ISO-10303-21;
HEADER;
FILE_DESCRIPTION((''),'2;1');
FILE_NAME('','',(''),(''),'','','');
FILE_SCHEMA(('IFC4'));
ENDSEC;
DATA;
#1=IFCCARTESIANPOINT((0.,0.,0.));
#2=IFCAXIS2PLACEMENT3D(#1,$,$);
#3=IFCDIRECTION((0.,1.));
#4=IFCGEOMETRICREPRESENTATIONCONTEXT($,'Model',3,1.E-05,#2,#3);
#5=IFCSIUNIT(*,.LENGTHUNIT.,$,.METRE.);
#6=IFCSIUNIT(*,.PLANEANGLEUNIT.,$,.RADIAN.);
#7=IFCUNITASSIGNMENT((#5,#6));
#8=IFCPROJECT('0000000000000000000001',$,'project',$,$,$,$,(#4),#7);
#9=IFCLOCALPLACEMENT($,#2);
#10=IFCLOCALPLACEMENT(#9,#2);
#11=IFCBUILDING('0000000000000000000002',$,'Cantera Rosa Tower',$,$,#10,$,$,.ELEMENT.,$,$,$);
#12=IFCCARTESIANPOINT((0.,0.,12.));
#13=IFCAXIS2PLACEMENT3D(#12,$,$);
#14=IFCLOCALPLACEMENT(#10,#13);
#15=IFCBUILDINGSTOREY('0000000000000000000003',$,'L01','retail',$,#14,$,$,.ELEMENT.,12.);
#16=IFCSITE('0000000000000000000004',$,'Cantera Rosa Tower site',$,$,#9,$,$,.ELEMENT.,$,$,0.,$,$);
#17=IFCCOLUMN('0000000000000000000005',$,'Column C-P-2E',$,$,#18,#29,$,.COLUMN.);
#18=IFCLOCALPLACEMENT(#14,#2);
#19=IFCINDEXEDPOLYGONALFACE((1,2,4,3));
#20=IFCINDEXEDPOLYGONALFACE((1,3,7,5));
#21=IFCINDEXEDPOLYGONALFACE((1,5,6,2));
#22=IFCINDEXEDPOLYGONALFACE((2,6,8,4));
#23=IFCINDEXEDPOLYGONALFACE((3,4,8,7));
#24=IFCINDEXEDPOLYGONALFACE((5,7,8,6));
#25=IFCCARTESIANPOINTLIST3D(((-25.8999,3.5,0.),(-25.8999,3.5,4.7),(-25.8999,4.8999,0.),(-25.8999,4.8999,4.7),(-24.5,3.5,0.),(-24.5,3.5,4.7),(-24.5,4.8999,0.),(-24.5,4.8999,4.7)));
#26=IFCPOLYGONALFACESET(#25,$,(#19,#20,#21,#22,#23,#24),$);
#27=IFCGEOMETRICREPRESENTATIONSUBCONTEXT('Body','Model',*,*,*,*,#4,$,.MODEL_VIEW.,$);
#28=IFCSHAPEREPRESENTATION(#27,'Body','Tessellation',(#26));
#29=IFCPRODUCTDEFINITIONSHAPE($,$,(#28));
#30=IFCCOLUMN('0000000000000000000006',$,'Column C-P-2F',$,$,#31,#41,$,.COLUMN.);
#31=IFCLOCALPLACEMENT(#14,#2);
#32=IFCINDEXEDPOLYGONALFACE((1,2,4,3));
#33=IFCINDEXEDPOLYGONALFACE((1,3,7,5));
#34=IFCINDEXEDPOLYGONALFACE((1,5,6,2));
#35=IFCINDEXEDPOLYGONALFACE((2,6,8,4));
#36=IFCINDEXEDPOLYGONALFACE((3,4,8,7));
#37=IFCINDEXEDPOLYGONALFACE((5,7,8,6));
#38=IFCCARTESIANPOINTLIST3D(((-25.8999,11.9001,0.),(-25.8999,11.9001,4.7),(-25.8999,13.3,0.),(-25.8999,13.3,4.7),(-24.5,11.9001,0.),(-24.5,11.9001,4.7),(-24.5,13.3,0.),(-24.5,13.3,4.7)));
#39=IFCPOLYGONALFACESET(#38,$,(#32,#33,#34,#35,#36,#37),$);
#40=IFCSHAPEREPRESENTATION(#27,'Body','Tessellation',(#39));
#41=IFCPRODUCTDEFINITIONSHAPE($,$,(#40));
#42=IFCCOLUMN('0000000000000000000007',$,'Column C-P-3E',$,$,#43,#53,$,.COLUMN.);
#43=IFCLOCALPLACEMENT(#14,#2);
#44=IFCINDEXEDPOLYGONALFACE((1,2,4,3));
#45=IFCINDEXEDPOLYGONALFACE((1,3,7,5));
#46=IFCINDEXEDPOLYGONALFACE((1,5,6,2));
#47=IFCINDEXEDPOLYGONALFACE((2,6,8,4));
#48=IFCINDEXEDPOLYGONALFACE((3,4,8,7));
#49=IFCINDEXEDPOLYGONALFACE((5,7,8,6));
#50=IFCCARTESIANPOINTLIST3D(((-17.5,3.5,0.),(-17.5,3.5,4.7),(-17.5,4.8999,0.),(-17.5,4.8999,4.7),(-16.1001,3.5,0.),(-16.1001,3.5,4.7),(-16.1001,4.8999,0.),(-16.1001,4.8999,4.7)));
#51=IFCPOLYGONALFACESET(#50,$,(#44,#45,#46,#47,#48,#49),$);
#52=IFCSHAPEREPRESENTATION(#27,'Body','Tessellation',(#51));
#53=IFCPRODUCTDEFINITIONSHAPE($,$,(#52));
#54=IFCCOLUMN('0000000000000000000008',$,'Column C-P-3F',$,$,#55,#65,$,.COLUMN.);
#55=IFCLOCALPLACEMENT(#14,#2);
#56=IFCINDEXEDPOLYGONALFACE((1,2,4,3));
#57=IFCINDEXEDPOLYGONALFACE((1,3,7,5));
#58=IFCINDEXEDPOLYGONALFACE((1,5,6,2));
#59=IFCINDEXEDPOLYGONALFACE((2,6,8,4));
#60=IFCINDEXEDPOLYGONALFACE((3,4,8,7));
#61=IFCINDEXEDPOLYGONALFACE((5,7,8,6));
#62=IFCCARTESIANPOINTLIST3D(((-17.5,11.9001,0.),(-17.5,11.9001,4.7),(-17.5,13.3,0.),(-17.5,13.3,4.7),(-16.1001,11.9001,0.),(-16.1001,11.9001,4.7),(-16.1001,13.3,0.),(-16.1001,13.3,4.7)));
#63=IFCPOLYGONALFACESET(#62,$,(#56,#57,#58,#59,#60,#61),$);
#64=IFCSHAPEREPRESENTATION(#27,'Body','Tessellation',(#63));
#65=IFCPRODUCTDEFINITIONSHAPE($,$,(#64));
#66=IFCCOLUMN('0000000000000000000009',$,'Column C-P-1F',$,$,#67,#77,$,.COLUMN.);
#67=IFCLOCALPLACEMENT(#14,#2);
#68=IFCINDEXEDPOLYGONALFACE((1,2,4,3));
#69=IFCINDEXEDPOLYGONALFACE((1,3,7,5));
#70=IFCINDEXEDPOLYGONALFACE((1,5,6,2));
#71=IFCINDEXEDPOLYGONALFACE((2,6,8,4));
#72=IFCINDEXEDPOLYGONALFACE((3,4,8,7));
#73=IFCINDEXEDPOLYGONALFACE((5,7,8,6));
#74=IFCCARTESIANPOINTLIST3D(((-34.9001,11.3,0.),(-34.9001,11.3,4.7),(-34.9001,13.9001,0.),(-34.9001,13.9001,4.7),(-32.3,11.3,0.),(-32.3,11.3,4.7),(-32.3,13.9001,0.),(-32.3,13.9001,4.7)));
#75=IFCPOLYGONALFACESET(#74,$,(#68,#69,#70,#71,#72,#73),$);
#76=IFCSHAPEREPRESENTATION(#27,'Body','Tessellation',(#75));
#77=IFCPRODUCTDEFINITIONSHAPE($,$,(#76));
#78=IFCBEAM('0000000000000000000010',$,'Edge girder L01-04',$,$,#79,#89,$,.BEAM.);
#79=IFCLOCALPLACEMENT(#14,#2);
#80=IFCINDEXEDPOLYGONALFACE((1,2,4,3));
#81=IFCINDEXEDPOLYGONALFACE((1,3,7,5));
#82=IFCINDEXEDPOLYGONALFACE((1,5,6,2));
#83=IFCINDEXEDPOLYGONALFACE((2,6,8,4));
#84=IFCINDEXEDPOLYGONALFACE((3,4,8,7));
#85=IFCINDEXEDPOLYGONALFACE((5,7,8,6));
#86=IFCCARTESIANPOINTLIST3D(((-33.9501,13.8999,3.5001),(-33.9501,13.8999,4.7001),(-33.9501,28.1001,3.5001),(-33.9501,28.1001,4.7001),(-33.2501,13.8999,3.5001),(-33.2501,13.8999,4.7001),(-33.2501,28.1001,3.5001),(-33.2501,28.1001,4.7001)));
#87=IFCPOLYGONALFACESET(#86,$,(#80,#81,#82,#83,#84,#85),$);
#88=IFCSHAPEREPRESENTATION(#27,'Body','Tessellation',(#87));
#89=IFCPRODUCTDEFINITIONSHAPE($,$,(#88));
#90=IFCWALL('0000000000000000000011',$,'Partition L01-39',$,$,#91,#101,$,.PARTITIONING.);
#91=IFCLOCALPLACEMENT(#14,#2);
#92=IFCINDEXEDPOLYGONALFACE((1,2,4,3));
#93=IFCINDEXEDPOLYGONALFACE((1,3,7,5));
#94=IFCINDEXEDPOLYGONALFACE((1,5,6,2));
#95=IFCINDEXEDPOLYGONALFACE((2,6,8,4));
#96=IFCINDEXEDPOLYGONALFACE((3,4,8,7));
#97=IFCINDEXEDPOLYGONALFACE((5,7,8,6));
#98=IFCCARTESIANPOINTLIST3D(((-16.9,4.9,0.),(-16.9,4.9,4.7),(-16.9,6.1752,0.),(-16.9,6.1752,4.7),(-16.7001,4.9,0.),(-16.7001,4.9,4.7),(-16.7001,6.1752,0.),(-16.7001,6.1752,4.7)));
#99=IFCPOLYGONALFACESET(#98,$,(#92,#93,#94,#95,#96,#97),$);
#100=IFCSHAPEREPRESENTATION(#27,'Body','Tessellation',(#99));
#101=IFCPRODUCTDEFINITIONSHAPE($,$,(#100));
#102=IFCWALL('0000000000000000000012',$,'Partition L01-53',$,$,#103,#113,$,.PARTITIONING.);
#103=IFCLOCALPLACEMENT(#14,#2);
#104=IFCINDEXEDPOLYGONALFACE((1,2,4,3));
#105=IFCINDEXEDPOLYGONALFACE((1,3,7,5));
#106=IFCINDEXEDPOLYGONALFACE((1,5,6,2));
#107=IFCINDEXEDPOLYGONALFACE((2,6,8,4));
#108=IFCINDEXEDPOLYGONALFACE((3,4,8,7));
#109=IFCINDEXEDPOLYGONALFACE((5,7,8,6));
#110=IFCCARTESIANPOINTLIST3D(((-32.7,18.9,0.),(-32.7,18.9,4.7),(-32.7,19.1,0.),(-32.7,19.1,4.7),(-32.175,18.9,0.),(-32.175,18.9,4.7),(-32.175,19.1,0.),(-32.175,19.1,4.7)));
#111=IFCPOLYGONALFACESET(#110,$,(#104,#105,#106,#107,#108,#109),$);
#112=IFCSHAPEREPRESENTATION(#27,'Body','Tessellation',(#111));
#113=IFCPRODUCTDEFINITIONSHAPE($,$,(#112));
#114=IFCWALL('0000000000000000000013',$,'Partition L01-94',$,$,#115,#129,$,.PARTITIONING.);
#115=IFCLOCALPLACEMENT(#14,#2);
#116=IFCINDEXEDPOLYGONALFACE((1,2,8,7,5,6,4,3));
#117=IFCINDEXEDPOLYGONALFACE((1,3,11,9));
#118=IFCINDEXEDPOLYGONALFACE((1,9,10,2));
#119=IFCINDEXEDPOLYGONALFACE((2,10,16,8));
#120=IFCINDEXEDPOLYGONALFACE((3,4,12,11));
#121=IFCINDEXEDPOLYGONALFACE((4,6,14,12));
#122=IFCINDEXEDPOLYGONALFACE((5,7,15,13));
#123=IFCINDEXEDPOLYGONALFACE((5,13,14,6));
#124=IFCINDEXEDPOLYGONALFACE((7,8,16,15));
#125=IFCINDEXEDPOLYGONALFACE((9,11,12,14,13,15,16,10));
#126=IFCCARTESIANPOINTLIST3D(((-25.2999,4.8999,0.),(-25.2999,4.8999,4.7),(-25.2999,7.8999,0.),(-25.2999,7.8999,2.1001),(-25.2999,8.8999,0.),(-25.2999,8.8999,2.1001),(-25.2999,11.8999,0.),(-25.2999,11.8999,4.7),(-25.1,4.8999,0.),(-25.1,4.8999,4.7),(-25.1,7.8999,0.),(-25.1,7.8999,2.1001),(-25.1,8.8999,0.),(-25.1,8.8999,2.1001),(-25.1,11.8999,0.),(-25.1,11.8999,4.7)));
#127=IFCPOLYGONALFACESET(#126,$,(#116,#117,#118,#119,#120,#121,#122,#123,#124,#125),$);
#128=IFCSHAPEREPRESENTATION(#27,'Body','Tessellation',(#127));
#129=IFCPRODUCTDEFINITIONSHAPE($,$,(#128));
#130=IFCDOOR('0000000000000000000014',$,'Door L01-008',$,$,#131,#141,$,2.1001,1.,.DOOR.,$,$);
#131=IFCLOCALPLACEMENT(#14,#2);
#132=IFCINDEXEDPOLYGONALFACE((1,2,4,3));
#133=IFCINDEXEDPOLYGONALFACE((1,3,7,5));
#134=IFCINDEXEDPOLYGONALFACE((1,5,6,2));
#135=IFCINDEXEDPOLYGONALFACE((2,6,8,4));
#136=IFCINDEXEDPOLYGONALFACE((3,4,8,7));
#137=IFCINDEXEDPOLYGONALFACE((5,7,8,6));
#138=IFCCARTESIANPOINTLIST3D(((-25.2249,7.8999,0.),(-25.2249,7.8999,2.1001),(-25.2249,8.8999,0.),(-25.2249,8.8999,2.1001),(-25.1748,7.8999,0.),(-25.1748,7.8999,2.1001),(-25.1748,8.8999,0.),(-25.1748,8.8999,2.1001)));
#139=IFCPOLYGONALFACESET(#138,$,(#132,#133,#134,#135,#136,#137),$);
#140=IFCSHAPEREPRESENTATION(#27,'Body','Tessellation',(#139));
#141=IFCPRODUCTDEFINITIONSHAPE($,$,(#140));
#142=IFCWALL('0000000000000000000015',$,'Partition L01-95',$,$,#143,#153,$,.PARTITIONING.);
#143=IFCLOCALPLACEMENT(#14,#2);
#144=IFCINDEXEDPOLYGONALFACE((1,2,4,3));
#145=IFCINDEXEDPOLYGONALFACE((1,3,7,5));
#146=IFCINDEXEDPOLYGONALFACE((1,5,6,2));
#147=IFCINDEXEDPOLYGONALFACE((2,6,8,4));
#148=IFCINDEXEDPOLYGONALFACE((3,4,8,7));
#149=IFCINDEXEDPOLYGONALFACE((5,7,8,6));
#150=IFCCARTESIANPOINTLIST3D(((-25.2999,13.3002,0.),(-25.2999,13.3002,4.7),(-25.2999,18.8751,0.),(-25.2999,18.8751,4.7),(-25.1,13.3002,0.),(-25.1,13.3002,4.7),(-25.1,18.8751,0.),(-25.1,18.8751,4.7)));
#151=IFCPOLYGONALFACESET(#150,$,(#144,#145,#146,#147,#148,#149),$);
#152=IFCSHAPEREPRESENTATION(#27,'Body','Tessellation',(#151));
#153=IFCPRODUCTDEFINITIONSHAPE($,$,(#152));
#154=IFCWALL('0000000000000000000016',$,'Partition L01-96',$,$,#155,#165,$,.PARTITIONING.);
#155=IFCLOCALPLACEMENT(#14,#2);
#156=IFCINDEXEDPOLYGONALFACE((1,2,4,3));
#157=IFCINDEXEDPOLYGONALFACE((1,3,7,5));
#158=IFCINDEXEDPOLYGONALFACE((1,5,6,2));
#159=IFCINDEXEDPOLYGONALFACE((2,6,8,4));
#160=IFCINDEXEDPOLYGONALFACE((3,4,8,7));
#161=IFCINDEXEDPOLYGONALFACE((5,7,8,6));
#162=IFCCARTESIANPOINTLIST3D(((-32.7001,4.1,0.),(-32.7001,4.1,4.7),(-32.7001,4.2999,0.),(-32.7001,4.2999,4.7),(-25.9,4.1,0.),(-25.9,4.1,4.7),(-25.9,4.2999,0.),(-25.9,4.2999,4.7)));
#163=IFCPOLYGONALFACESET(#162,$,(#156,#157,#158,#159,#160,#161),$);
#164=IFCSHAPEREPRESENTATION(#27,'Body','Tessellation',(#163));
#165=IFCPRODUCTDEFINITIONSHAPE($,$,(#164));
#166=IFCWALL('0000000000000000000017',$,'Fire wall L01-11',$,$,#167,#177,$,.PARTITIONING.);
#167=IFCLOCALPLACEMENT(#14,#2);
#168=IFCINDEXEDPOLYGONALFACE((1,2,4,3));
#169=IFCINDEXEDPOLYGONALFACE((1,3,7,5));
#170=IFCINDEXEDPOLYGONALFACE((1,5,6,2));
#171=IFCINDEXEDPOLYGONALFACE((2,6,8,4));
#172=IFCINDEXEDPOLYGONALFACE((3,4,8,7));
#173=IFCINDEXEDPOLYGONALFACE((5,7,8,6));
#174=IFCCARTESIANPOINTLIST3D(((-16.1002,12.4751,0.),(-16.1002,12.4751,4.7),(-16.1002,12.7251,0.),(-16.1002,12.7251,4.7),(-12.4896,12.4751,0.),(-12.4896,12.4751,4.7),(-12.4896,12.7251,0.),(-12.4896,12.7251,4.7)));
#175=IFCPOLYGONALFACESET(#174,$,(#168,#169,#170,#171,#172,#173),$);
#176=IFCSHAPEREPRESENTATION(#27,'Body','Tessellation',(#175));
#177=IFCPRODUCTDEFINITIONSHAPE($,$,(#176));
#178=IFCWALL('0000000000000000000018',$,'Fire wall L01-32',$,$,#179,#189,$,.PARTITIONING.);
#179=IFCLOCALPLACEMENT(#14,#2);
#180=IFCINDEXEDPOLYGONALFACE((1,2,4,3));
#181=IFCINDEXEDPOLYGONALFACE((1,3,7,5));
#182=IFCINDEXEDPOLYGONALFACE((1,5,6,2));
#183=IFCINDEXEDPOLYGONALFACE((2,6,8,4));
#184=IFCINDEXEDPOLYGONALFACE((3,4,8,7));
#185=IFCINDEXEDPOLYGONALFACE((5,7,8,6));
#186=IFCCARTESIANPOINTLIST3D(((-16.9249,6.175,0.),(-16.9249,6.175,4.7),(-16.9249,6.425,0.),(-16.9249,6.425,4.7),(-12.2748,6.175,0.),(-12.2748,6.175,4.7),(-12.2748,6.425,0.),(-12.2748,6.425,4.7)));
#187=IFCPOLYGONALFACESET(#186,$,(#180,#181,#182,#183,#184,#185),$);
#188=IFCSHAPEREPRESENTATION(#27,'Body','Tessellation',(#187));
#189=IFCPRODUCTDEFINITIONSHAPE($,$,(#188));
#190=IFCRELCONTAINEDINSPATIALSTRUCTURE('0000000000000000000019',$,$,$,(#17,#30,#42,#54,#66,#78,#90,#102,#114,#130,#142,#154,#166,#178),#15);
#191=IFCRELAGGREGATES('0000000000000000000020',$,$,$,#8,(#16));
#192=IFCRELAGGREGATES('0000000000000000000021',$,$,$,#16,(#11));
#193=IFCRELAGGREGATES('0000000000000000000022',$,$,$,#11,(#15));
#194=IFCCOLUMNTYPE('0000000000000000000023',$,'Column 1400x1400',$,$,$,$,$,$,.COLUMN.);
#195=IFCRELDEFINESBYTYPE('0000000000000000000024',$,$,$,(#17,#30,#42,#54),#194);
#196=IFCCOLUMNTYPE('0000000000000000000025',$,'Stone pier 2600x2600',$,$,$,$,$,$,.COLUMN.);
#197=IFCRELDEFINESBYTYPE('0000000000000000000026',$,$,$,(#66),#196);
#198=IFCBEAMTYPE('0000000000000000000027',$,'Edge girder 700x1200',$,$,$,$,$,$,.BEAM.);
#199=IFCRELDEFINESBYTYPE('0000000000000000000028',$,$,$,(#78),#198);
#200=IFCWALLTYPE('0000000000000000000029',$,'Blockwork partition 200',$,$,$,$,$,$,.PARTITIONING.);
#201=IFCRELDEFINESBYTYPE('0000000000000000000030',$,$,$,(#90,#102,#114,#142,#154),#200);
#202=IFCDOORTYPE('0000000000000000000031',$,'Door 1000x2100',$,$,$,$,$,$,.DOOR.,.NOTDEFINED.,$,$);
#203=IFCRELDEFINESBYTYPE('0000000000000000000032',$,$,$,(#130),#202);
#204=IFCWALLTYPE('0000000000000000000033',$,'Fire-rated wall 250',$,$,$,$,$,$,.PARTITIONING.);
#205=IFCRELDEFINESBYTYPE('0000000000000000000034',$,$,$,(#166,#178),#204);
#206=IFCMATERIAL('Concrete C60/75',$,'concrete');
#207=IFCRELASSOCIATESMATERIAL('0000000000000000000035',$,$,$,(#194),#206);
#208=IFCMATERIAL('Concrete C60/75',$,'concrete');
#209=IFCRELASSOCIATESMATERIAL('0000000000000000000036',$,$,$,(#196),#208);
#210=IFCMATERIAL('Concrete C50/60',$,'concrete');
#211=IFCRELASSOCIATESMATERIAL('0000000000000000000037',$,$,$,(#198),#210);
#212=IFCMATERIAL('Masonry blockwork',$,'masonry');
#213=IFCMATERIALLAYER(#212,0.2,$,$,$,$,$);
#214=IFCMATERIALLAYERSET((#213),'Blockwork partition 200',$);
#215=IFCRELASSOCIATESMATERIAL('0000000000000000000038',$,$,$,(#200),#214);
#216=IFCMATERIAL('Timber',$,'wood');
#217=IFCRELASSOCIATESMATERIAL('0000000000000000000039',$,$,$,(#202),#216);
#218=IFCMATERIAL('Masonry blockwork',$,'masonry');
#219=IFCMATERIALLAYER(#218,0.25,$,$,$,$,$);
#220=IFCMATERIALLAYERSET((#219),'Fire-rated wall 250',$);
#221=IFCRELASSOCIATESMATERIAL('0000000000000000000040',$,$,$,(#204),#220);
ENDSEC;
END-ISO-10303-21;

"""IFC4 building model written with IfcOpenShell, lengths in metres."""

from ifc_helpers import new_model, si_unit, direction, frame, frame_2d, origin, origin_2d, place, context, subcontext, project, spatial, rectangle, extrude, material, layer, layer_set, material_profile, profile_set, type_object, element, fill, save


model = new_model("IFC4")

# Units and contexts
model_context = context("Model", 3, precision=1e-05, world=origin(), true_north=direction((0.0, 1.0)))
body_context = subcontext(model_context, "Body", "Model", "MODEL_VIEW")
ifc_project = project(units=[si_unit("LENGTHUNIT", "METRE"), si_unit("PLANEANGLEUNIT", "RADIAN")], contexts=[model_context])

# Site, building, storey
site_placement = place(None, origin())
site = spatial("IfcSite", under=ifc_project, at=site_placement, Name="Cantera Rosa Tower site", CompositionType="ELEMENT", RefElevation=0.0)
building_placement = place(site_placement, origin())
building = spatial("IfcBuilding", under=site, at=building_placement, Name="Cantera Rosa Tower", CompositionType="ELEMENT")
storey_placement = place(building_placement, frame((0.0, 0.0, 12.0)))
storey = spatial("IfcBuildingStorey", under=building, at=storey_placement, Name="L01", Description="retail", CompositionType="ELEMENT", Elevation=12.0)

# Columns
ifc_material_1 = material(Name="Concrete C60/75", Category="concrete")
ifc_material_profile_1 = material_profile(ifc_material_1, rectangle(XDim=1.3999, YDim=1.3999, at=origin_2d()), Name="Column 1400x1400")
ifc_profile_set_1 = profile_set([ifc_material_profile_1], Name="Concrete C60/75")
column_type_1 = type_object("IfcColumnType", Name="Column 1400x1400", PredefinedType="COLUMN", material=ifc_profile_set_1)
for number, where, z_axis, x_axis, name in (
    (1, (-25.2, 4.2, 0.0), (0.0, 0.0, 1.0), (1.0, 0.0, 0.0), "Column C-P-2E"),
    (2, (-25.2, 12.6001, 0.0), (0.0, 0.0, 1.0), (1.0, 0.0, 0.0), "Column C-P-2F"),
    (3, (-16.8, 4.2, 0.0), (0.0, 0.0, 1.0), (1.0, 0.0, 0.0), "Column C-P-3E"),
    (4, (-16.8, 12.6001, 0.0), (0.0, 0.0, 1.0), (1.0, 0.0, 0.0), "Column C-P-3F"),
):
    element("IfcColumn", number, at=place(storey_placement, frame(where, z_axis=z_axis, x_axis=x_axis)), inside=storey, type_object=column_type_1, Name=name, PredefinedType="COLUMN", context=body_context, shape_type="SweptSolid", body=[
        extrude(rectangle(XDim=1.3999, YDim=1.3999, at=origin_2d()), origin(), (0.0, 0.0, 1.0), 4.7),
    ])
ifc_material_2 = material(Name="Concrete C60/75", Category="concrete")
ifc_material_profile_2 = material_profile(ifc_material_2, rectangle(XDim=2.6001, YDim=2.6001, at=origin_2d()), Name="Stone pier 2600x2600")
ifc_profile_set_2 = profile_set([ifc_material_profile_2], Name="Concrete C60/75")
column_type_2 = type_object("IfcColumnType", Name="Stone pier 2600x2600", PredefinedType="COLUMN", material=ifc_profile_set_2)
column_placement = place(storey_placement, frame((-33.6001, 12.6001, 0.0), z_axis=(0.0, 0.0, 1.0), x_axis=(1.0, 0.0, 0.0)))
element("IfcColumn", 5, at=column_placement, inside=storey, type_object=column_type_2, Name="Column C-P-1F", PredefinedType="COLUMN", context=body_context, shape_type="SweptSolid", body=[
    extrude(rectangle(XDim=2.6001, YDim=2.6001, at=origin_2d()), origin(), (0.0, 0.0, 1.0), 4.7),
])

# Beam
ifc_material_3 = material(Name="Concrete C50/60", Category="concrete")
ifc_material_profile_3 = material_profile(ifc_material_3, rectangle(XDim=0.7, YDim=1.2, at=origin_2d()), Name="Edge girder 700x1200")
ifc_profile_set_3 = profile_set([ifc_material_profile_3], Name="Concrete C50/60")
beam_type = type_object("IfcBeamType", Name="Edge girder 700x1200", PredefinedType="BEAM", material=ifc_profile_set_3)
beam_placement = place(storey_placement, frame((-33.6001, 13.8999, 4.1001), z_axis=(0.0, 1.0, 0.0), x_axis=(-1.0, 0.0, 0.0)))
element("IfcBeam", 6, at=beam_placement, inside=storey, type_object=beam_type, Name="Edge girder L01-04", PredefinedType="BEAM", context=body_context, shape_type="SweptSolid", body=[
    extrude(rectangle(XDim=0.7, YDim=1.2, at=origin_2d()), origin(), (0.0, 0.0, 1.0), 14.2002),
])

# Walls
ifc_material_4 = material(Name="Masonry blockwork", Category="masonry")
ifc_layer_1 = layer(ifc_material_4, 0.2)
ifc_layer_set_1 = layer_set([ifc_layer_1], Name="Blockwork partition 200")
wall_type_1 = type_object("IfcWallType", Name="Blockwork partition 200", PredefinedType="PARTITIONING", material=ifc_layer_set_1)
wall_1_placement = place(storey_placement, frame((-16.8, 4.8999, 0.0), z_axis=(0.0, 0.0, 1.0), x_axis=(0.0, 1.0, 0.0)))
element("IfcWall", 7, at=wall_1_placement, inside=storey, type_object=wall_type_1, Name="Partition L01-39", PredefinedType="PARTITIONING", context=body_context, shape_type="SweptSolid", body=[
    extrude(rectangle(XDim=1.2751, YDim=0.2, at=frame_2d((0.6377, 0.0))), origin(), (0.0, 0.0, 1.0), 4.7),
])
wall_2_placement = place(storey_placement, frame((-32.7, 19.0, 0.0), z_axis=(0.0, 0.0, 1.0), x_axis=(1.0, 0.0, 0.0)))
element("IfcWall", 8, at=wall_2_placement, inside=storey, type_object=wall_type_1, Name="Partition L01-53", PredefinedType="PARTITIONING", context=body_context, shape_type="SweptSolid", body=[
    extrude(rectangle(XDim=0.5249, YDim=0.2, at=frame_2d((0.2625, 0.0))), origin(), (0.0, 0.0, 1.0), 4.7),
])

# Wall, opening, door
wall_3_placement = place(storey_placement, frame((-25.2, 4.8999, 0.0), z_axis=(0.0, 0.0, 1.0), x_axis=(0.0, 1.0, 0.0)))
wall_3 = element("IfcWall", 9, at=wall_3_placement, inside=storey, type_object=wall_type_1, Name="Partition L01-94", PredefinedType="PARTITIONING", context=body_context, shape_type="SweptSolid", body=[
    extrude(rectangle(XDim=7.0, YDim=0.2, at=frame_2d((3.5, 0.0))), origin(), (0.0, 0.0, 1.0), 4.7),
])
opening_1_placement = place(wall_3_placement, frame((3.0, 0.0, 0.0)))
opening_1 = element("IfcOpeningElement", 10, at=opening_1_placement, cuts=wall_3, PredefinedType="OPENING", context=body_context, shape_type="SweptSolid", body=[
    extrude(rectangle(XDim=1.0, YDim=2.1001, at=frame_2d((0.5, 1.05))), frame((0.0, 0.1099, 0.0), z_axis=(0.0, -1.0, 0.0), x_axis=(1.0, 0.0, 0.0)), (0.0, 0.0, 1.0), 0.22),
])
ifc_material_5 = material(Name="Timber", Category="wood")
door_type_1 = type_object("IfcDoorType", Name="Door 1000x2100", OperationType="NOTDEFINED", PredefinedType="DOOR", material=ifc_material_5)
door_1_placement = place(opening_1_placement, origin())
door_1 = element("IfcDoor", 11, at=door_1_placement, inside=storey, type_object=door_type_1, Name="Door L01-008", OverallHeight=2.1001, OverallWidth=1.0, PredefinedType="DOOR", context=body_context, shape_type="SweptSolid", body=[
    extrude(rectangle(XDim=1.0, YDim=2.1001, at=frame_2d((0.5, 1.05))), frame((0.0, 0.0249, 0.0), z_axis=(0.0, -1.0, 0.0), x_axis=(1.0, 0.0, 0.0)), (0.0, 0.0, 1.0), 0.05),
])
fill(opening_1, door_1)

# Walls
wall_4_placement = place(storey_placement, frame((-25.2, 13.3, 0.0), z_axis=(0.0, 0.0, 1.0), x_axis=(0.0, 1.0, 0.0)))
element("IfcWall", 12, at=wall_4_placement, inside=storey, type_object=wall_type_1, Name="Partition L01-95", PredefinedType="PARTITIONING", context=body_context, shape_type="SweptSolid", body=[
    extrude(rectangle(XDim=5.575, YDim=0.2, at=frame_2d((2.7876, 0.0))), origin(), (0.0, 0.0, 1.0), 4.7),
])
wall_5_placement = place(storey_placement, frame((-32.7, 4.2, 0.0), z_axis=(0.0, 0.0, 1.0), x_axis=(1.0, 0.0, 0.0)))
element("IfcWall", 13, at=wall_5_placement, inside=storey, type_object=wall_type_1, Name="Partition L01-96", PredefinedType="PARTITIONING", context=body_context, shape_type="SweptSolid", body=[
    extrude(rectangle(XDim=6.8, YDim=0.2, at=frame_2d((3.3999, 0.0))), origin(), (0.0, 0.0, 1.0), 4.7),
])
ifc_material_6 = material(Name="Masonry blockwork", Category="masonry")
ifc_layer_2 = layer(ifc_material_6, 0.25)
ifc_layer_set_2 = layer_set([ifc_layer_2], Name="Fire-rated wall 250")
wall_type_2 = type_object("IfcWallType", Name="Fire-rated wall 250", PredefinedType="PARTITIONING", material=ifc_layer_set_2)
wall_6_placement = place(storey_placement, frame((-16.1001, 12.6001, 0.0), z_axis=(0.0, 0.0, 1.0), x_axis=(1.0, 0.0, 0.0)))
element("IfcWall", 14, at=wall_6_placement, inside=storey, type_object=wall_type_2, Name="Fire wall L01-11", PredefinedType="PARTITIONING", context=body_context, shape_type="SweptSolid", body=[
    extrude(rectangle(XDim=3.6106, YDim=0.25, at=frame_2d((1.8052, 0.0))), origin(), (0.0, 0.0, 1.0), 4.7),
])
wall_7_placement = place(storey_placement, frame((-16.925, 6.3, 0.0), z_axis=(0.0, 0.0, 1.0), x_axis=(1.0, 0.0, 0.0)))
element("IfcWall", 15, at=wall_7_placement, inside=storey, type_object=wall_type_2, Name="Fire wall L01-32", PredefinedType="PARTITIONING", context=body_context, shape_type="SweptSolid", body=[
    extrude(rectangle(XDim=4.6501, YDim=0.25, at=frame_2d((2.3252, 0.0))), origin(), (0.0, 0.0, 1.0), 4.7),
])

save(model, "model.ifc")
